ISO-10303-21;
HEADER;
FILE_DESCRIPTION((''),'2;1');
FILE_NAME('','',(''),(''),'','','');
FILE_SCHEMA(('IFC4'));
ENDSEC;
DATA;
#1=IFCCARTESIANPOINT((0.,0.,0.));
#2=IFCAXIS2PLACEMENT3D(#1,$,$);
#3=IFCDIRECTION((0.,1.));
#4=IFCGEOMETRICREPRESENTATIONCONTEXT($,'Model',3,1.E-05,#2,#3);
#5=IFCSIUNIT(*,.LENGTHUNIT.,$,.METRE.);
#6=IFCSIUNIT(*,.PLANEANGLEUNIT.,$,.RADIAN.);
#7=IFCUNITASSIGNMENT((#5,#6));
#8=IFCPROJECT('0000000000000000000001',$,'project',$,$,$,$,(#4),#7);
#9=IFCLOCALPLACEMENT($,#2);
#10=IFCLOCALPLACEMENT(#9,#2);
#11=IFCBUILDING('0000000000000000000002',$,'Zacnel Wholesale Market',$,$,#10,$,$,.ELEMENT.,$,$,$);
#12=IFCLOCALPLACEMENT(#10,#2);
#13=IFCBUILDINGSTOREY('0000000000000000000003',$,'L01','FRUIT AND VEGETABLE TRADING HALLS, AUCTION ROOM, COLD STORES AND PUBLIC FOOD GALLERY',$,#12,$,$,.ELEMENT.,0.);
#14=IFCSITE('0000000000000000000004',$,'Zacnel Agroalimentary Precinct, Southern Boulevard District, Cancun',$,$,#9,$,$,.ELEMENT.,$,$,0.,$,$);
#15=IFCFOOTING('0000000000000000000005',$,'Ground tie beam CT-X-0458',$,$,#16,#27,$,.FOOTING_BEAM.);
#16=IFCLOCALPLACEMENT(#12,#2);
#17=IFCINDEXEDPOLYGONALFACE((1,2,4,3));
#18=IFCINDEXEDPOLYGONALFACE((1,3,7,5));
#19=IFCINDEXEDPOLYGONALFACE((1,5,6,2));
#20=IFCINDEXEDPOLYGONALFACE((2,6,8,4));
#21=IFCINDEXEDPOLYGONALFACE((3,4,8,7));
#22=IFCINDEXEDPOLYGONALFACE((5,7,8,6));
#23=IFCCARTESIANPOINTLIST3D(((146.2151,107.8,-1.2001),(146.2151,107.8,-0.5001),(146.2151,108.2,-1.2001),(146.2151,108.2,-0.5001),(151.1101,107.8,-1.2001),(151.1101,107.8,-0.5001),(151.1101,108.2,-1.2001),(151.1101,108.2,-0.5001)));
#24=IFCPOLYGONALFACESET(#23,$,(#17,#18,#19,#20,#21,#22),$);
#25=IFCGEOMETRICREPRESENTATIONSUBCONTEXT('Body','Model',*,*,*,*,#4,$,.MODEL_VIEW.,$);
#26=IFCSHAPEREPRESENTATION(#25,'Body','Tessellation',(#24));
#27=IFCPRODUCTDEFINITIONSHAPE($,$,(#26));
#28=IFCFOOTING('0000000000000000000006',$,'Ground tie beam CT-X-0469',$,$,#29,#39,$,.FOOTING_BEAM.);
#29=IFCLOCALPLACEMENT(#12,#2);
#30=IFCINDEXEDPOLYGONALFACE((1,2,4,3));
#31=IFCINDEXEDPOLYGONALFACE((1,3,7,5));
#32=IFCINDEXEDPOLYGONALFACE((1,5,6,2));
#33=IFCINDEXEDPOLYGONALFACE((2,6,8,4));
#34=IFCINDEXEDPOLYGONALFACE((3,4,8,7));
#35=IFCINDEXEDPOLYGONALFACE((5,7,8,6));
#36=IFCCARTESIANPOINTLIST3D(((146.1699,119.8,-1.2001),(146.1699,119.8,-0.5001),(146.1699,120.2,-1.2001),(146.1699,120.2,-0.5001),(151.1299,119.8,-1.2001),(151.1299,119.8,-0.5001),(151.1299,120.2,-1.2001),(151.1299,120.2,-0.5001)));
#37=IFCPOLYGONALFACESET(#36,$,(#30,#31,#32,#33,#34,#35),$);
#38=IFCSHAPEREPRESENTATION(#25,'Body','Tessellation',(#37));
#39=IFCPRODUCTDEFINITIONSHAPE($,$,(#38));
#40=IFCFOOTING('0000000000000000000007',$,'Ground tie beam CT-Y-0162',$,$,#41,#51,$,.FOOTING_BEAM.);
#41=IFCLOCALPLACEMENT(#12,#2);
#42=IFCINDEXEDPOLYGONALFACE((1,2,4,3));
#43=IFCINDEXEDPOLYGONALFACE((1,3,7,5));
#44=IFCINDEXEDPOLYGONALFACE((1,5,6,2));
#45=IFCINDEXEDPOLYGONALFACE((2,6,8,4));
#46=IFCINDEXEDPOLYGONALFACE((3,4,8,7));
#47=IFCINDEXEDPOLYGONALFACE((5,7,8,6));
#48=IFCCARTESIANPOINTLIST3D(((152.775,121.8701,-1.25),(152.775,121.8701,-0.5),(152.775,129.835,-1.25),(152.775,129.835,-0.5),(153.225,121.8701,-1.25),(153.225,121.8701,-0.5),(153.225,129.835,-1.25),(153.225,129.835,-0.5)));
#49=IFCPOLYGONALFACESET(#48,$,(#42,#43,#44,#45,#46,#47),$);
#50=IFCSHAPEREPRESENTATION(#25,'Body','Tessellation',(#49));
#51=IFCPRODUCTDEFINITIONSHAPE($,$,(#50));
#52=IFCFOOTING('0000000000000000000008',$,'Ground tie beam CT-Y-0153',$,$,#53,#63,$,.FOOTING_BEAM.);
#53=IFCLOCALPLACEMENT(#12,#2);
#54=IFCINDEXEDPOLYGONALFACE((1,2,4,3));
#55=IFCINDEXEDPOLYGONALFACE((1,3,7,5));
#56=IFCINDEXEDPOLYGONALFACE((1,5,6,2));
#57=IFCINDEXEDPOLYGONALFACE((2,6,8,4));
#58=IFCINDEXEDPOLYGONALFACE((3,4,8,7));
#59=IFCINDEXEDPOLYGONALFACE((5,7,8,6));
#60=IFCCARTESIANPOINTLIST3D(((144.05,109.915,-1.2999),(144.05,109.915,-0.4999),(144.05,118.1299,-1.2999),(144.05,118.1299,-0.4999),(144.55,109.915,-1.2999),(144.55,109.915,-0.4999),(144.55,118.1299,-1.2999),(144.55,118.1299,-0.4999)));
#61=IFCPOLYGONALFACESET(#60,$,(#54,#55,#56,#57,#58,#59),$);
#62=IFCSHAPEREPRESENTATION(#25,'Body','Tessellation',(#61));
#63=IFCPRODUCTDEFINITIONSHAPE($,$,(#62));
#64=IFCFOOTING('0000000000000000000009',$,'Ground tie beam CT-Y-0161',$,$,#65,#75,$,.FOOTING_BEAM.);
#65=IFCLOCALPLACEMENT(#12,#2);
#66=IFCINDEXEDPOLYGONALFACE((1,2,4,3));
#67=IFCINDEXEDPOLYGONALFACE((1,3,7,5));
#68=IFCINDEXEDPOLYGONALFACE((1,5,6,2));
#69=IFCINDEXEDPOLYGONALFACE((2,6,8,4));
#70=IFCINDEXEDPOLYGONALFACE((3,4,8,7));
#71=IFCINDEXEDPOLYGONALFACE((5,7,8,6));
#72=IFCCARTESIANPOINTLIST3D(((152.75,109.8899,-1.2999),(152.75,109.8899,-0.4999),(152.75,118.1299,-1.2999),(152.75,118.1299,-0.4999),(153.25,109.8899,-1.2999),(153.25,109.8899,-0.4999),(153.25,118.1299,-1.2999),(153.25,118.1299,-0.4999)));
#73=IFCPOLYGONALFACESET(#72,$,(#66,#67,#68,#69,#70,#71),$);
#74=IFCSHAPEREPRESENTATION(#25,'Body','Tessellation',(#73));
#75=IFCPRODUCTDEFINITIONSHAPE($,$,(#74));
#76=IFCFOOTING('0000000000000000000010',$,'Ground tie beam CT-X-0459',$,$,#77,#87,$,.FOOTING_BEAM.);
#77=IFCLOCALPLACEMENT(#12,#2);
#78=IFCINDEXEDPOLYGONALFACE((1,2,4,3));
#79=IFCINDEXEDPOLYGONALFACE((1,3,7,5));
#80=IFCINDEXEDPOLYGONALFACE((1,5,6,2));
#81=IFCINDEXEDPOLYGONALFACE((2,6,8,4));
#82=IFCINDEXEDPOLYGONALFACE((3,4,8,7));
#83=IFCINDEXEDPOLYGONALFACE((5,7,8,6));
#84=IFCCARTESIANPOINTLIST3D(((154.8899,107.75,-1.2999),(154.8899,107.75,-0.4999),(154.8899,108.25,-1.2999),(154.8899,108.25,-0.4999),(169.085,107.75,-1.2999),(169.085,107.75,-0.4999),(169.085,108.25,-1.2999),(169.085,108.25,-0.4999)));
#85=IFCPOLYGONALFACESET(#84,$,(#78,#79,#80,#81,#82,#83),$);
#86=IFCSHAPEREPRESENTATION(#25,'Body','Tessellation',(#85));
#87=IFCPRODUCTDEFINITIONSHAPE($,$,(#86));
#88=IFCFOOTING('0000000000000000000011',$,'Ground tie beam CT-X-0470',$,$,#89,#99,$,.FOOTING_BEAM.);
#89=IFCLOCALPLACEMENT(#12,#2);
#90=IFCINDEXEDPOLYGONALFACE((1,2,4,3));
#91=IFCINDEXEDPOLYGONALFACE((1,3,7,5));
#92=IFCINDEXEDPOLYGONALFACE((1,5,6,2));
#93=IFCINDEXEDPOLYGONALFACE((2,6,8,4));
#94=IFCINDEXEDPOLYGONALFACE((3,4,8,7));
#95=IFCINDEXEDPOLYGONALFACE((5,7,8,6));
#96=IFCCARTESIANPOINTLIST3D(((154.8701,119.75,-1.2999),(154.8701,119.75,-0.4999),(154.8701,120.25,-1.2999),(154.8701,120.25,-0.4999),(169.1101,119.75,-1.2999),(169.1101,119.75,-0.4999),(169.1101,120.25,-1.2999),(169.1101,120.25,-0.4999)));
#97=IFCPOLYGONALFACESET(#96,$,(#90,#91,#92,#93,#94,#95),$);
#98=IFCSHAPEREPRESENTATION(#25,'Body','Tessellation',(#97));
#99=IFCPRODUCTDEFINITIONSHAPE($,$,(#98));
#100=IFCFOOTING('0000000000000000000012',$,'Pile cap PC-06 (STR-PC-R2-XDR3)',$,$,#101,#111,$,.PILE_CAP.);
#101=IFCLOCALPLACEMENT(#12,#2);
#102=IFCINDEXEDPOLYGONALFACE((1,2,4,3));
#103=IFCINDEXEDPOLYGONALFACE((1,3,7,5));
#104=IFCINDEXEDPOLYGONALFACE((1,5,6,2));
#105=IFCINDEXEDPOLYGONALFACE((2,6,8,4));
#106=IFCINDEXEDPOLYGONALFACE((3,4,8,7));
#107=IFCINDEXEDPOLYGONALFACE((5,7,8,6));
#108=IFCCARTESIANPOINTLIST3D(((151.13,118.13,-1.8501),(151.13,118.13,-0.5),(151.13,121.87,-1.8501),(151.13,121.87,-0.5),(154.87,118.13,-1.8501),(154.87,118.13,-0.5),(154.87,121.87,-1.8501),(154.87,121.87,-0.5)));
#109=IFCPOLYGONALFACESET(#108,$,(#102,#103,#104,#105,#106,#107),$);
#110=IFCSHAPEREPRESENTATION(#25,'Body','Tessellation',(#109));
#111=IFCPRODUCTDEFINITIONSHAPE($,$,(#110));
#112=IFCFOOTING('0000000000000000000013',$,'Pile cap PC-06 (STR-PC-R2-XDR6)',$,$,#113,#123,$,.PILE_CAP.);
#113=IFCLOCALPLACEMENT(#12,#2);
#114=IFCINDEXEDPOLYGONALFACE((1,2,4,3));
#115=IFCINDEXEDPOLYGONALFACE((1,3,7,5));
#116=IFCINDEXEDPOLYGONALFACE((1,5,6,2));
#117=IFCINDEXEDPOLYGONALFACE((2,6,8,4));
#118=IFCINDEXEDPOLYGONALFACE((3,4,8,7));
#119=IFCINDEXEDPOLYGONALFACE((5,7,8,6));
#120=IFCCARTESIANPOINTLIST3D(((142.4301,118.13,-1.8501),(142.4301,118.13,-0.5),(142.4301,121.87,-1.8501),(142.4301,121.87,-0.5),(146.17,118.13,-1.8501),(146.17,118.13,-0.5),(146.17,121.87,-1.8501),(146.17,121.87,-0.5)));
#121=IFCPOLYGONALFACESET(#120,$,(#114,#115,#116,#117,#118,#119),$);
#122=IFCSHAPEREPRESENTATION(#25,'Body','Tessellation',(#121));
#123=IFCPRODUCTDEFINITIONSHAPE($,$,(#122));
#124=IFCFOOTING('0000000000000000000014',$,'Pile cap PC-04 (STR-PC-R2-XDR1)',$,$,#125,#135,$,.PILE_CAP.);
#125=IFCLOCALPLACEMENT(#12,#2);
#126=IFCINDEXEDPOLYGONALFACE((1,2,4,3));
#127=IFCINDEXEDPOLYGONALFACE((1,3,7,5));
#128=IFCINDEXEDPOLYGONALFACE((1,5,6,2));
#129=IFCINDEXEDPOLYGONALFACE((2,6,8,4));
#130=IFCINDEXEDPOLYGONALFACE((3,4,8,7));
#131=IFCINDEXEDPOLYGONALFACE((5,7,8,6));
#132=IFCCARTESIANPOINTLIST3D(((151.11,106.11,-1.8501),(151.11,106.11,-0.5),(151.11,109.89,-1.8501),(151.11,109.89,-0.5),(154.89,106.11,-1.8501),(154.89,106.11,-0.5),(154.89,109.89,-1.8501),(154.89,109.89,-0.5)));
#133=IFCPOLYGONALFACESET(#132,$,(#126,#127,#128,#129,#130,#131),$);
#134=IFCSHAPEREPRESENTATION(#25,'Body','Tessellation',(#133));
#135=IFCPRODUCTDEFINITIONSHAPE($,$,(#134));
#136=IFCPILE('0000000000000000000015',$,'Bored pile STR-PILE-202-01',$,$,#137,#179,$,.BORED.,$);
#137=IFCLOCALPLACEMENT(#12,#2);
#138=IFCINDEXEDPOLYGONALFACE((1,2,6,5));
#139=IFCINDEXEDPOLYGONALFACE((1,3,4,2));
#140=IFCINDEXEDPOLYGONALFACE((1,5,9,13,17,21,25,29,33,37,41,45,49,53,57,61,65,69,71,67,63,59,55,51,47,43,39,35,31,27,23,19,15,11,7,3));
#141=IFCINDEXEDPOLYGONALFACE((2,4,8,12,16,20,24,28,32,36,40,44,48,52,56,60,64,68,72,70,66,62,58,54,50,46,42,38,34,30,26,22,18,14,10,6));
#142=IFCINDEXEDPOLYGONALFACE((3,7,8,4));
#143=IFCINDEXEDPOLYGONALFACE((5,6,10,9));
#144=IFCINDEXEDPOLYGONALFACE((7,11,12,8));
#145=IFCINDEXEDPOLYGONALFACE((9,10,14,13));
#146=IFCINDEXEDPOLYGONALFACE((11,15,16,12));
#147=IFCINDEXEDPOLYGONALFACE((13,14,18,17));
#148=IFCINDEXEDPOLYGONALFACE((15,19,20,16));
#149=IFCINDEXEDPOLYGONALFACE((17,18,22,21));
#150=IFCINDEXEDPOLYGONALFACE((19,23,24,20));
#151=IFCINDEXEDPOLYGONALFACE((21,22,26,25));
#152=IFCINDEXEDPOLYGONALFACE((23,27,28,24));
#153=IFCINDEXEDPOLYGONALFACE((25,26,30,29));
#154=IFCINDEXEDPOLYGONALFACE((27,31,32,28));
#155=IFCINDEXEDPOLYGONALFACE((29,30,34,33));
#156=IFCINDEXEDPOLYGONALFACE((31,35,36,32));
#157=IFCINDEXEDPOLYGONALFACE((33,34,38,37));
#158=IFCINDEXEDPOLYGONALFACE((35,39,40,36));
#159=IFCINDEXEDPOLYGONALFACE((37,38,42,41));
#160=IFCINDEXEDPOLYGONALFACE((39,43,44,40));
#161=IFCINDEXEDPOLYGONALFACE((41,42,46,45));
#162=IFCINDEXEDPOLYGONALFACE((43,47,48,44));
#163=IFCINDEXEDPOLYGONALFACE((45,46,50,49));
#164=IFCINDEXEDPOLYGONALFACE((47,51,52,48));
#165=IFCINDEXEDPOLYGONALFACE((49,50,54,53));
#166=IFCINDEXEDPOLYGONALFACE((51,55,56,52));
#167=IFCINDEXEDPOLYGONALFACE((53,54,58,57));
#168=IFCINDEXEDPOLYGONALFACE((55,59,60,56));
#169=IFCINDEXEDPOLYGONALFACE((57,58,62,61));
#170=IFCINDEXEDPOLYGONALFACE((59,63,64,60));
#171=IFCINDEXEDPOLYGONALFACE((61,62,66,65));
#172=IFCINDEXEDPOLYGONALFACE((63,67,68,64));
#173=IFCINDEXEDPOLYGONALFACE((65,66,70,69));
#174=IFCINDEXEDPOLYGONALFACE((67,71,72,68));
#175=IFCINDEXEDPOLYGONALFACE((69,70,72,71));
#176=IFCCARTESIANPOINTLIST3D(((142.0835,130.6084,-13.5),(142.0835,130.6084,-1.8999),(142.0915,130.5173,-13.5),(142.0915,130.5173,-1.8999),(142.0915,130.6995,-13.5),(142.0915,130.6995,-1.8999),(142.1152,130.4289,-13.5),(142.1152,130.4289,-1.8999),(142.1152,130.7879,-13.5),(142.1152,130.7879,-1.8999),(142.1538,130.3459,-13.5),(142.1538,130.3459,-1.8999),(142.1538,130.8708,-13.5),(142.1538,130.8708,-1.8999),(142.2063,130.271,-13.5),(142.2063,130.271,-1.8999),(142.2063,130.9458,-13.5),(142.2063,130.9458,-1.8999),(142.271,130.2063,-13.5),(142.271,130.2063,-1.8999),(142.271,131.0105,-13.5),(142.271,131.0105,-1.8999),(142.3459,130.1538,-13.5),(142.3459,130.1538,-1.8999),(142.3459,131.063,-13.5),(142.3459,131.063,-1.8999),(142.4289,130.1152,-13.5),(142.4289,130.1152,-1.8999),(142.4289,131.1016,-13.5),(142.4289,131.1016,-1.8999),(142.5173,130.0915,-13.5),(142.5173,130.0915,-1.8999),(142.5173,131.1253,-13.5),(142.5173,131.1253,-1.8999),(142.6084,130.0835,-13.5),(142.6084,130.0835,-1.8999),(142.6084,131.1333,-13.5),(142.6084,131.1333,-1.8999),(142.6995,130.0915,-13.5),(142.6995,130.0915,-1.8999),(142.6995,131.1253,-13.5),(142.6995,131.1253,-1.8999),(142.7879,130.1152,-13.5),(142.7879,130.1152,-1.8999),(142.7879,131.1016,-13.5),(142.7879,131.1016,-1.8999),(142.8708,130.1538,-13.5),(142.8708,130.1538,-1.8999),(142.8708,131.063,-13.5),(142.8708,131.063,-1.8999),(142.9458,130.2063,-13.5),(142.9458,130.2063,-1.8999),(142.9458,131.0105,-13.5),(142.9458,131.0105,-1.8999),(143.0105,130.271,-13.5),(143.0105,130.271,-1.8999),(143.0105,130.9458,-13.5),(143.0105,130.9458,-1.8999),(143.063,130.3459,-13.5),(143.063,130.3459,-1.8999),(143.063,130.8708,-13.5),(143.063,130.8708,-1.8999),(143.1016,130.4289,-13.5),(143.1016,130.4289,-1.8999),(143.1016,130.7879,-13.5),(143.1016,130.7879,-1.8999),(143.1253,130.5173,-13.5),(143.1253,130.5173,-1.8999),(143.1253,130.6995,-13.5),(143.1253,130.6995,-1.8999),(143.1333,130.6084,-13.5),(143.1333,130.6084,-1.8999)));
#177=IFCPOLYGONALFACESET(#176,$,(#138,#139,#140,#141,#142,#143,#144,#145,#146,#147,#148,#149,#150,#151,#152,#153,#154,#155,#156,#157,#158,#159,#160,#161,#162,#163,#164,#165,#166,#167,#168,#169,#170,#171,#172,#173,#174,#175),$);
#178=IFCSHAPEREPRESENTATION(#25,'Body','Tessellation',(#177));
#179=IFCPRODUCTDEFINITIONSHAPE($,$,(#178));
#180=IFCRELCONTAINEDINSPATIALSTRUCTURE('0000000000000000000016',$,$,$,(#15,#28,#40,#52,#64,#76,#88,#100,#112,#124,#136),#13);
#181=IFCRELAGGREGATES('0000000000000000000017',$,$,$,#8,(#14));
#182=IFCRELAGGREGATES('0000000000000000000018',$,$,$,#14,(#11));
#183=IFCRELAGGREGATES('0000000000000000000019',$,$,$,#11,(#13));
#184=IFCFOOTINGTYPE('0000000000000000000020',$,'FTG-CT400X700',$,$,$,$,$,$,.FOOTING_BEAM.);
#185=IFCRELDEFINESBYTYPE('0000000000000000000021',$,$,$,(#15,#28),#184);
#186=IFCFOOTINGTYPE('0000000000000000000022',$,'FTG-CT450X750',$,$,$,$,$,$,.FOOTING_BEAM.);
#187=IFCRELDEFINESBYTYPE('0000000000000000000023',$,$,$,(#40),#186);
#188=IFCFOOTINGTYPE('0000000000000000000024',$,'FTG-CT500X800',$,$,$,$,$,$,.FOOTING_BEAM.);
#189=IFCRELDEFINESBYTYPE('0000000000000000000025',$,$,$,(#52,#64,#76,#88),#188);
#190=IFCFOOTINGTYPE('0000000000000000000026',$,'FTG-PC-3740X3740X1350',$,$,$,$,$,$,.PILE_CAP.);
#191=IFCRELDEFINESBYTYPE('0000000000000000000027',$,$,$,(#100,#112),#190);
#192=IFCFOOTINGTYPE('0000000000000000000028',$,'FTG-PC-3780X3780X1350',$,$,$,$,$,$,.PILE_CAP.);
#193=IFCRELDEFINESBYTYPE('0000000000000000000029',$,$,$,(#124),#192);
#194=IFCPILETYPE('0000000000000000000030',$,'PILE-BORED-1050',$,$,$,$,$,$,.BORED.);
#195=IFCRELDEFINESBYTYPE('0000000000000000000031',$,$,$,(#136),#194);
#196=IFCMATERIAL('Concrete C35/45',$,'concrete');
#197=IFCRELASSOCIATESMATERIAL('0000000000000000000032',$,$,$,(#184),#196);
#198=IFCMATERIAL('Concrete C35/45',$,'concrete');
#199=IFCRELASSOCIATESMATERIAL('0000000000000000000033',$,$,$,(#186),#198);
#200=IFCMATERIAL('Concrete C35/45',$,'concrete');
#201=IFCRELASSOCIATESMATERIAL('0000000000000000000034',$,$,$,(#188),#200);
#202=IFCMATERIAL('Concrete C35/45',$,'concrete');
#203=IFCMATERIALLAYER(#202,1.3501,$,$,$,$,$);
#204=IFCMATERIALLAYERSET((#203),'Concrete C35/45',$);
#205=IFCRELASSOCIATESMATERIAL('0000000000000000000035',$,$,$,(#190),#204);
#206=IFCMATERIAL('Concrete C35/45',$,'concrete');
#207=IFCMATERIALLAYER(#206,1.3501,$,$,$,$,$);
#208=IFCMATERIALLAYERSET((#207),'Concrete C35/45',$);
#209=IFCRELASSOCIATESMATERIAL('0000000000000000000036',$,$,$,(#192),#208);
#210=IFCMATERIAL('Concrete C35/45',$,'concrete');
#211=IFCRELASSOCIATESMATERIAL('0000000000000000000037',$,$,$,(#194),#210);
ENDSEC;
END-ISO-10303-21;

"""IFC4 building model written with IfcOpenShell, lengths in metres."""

from ifc_helpers import new_model, si_unit, direction, frame, origin, origin_2d, place, context, subcontext, project, spatial, rectangle, circle, extrude, material, layer, layer_set, material_profile, profile_set, type_object, element, save


model = new_model("IFC4")

# Units and contexts
model_context = context("Model", 3, precision=1e-05, world=origin(), true_north=direction((0.0, 1.0)))
body_context = subcontext(model_context, "Body", "Model", "MODEL_VIEW")
ifc_project = project(units=[si_unit("LENGTHUNIT", "METRE"), si_unit("PLANEANGLEUNIT", "RADIAN")], contexts=[model_context])

# Site, building, storey
site_placement = place(None, origin())
site = spatial("IfcSite", under=ifc_project, at=site_placement, Name="Zacnel Agroalimentary Precinct, Southern Boulevard District, Cancun", CompositionType="ELEMENT", RefElevation=0.0)
building_placement = place(site_placement, origin())
building = spatial("IfcBuilding", under=site, at=building_placement, Name="Zacnel Wholesale Market", CompositionType="ELEMENT")
storey_placement = place(building_placement, origin())
storey = spatial("IfcBuildingStorey", under=building, at=storey_placement, Name="L01", Description="FRUIT AND VEGETABLE TRADING HALLS, AUCTION ROOM, COLD STORES AND PUBLIC FOOD GALLERY", CompositionType="ELEMENT", Elevation=0.0)

# Footings
ifc_material_1 = material(Name="Concrete C35/45", Category="concrete")
ifc_material_profile_1 = material_profile(ifc_material_1, rectangle(XDim=0.3999, YDim=0.7, at=origin_2d()), Name="CT 400x700")
ifc_profile_set_1 = profile_set([ifc_material_profile_1], Name="Concrete C35/45")
footing_type_1 = type_object("IfcFootingType", Name="FTG-CT400X700", PredefinedType="FOOTING_BEAM", material=ifc_profile_set_1)
footing_1_placement = place(storey_placement, frame((146.2151, 108.0, -0.8501), z_axis=(1.0, 0.0, 0.0), x_axis=(0.0, 1.0, 0.0)))
element("IfcFooting", 1, at=footing_1_placement, inside=storey, type_object=footing_type_1, Name="Ground tie beam CT-X-0458", PredefinedType="FOOTING_BEAM", context=body_context, shape_type="SweptSolid", body=[
    extrude(rectangle(XDim=0.3999, YDim=0.7, at=origin_2d()), origin(), (0.0, 0.0, 1.0), 4.895),
])
footing_2_placement = place(storey_placement, frame((146.1699, 120.0, -0.8501), z_axis=(1.0, 0.0, 0.0), x_axis=(0.0, 1.0, 0.0)))
element("IfcFooting", 2, at=footing_2_placement, inside=storey, type_object=footing_type_1, Name="Ground tie beam CT-X-0469", PredefinedType="FOOTING_BEAM", context=body_context, shape_type="SweptSolid", body=[
    extrude(rectangle(XDim=0.3999, YDim=0.7, at=origin_2d()), origin(), (0.0, 0.0, 1.0), 4.96),
])
ifc_material_2 = material(Name="Concrete C35/45", Category="concrete")
ifc_material_profile_2 = material_profile(ifc_material_2, rectangle(XDim=0.45, YDim=0.75, at=origin_2d()), Name="CT 450x750")
ifc_profile_set_2 = profile_set([ifc_material_profile_2], Name="Concrete C35/45")
footing_type_2 = type_object("IfcFootingType", Name="FTG-CT450X750", PredefinedType="FOOTING_BEAM", material=ifc_profile_set_2)
footing_3_placement = place(storey_placement, frame((153.0, 121.8701, -0.875), z_axis=(0.0, 1.0, 0.0), x_axis=(-1.0, 0.0, 0.0)))
element("IfcFooting", 3, at=footing_3_placement, inside=storey, type_object=footing_type_2, Name="Ground tie beam CT-Y-0162", PredefinedType="FOOTING_BEAM", context=body_context, shape_type="SweptSolid", body=[
    extrude(rectangle(XDim=0.45, YDim=0.75, at=origin_2d()), origin(), (0.0, 0.0, 1.0), 7.9648),
])
ifc_material_3 = material(Name="Concrete C35/45", Category="concrete")
ifc_material_profile_3 = material_profile(ifc_material_3, rectangle(XDim=0.5, YDim=0.8, at=origin_2d()), Name="CT 500x800")
ifc_profile_set_3 = profile_set([ifc_material_profile_3], Name="Concrete C35/45")
footing_type_3 = type_object("IfcFootingType", Name="FTG-CT500X800", PredefinedType="FOOTING_BEAM", material=ifc_profile_set_3)
footing_4_placement = place(storey_placement, frame((144.3, 109.915, -0.8999), z_axis=(0.0, 1.0, 0.0), x_axis=(-1.0, 0.0, 0.0)))
element("IfcFooting", 4, at=footing_4_placement, inside=storey, type_object=footing_type_3, Name="Ground tie beam CT-Y-0153", PredefinedType="FOOTING_BEAM", context=body_context, shape_type="SweptSolid", body=[
    extrude(rectangle(XDim=0.5, YDim=0.8, at=origin_2d()), origin(), (0.0, 0.0, 1.0), 8.2148),
])
footing_5_placement = place(storey_placement, frame((153.0, 109.8899, -0.8999), z_axis=(0.0, 1.0, 0.0), x_axis=(-1.0, 0.0, 0.0)))
element("IfcFooting", 5, at=footing_5_placement, inside=storey, type_object=footing_type_3, Name="Ground tie beam CT-Y-0161", PredefinedType="FOOTING_BEAM", context=body_context, shape_type="SweptSolid", body=[
    extrude(rectangle(XDim=0.5, YDim=0.8, at=origin_2d()), origin(), (0.0, 0.0, 1.0), 8.24),
])
footing_6_placement = place(storey_placement, frame((154.8899, 108.0, -0.8999), z_axis=(1.0, 0.0, 0.0), x_axis=(0.0, 1.0, 0.0)))
element("IfcFooting", 6, at=footing_6_placement, inside=storey, type_object=footing_type_3, Name="Ground tie beam CT-X-0459", PredefinedType="FOOTING_BEAM", context=body_context, shape_type="SweptSolid", body=[
    extrude(rectangle(XDim=0.5, YDim=0.8, at=origin_2d()), origin(), (0.0, 0.0, 1.0), 14.1951),
])
footing_7_placement = place(storey_placement, frame((154.8701, 120.0, -0.8999), z_axis=(1.0, 0.0, 0.0), x_axis=(0.0, 1.0, 0.0)))
element("IfcFooting", 7, at=footing_7_placement, inside=storey, type_object=footing_type_3, Name="Ground tie beam CT-X-0470", PredefinedType="FOOTING_BEAM", context=body_context, shape_type="SweptSolid", body=[
    extrude(rectangle(XDim=0.5, YDim=0.8, at=origin_2d()), origin(), (0.0, 0.0, 1.0), 14.24),
])
ifc_material_4 = material(Name="Concrete C35/45", Category="concrete")
ifc_layer_1 = layer(ifc_material_4, 1.3501)
ifc_layer_set_1 = layer_set([ifc_layer_1], Name="Concrete C35/45")
footing_type_4 = type_object("IfcFootingType", Name="FTG-PC-3740X3740X1350", PredefinedType="PILE_CAP", material=ifc_layer_set_1)
for number, where, z_axis, x_axis, name in (
    (8, (153.0, 120.0, -1.8501), (0.0, 0.0, 1.0), (1.0, 0.0, 0.0), "Pile cap PC-06 (STR-PC-R2-XDR3)"),
    (9, (144.3, 120.0, -1.8501), (0.0, 0.0, 1.0), (1.0, 0.0, 0.0), "Pile cap PC-06 (STR-PC-R2-XDR6)"),
):
    element("IfcFooting", number, at=place(storey_placement, frame(where, z_axis=z_axis, x_axis=x_axis)), inside=storey, type_object=footing_type_4, Name=name, PredefinedType="PILE_CAP", context=body_context, shape_type="SweptSolid", body=[
        extrude(rectangle(XDim=3.74, YDim=3.74, at=origin_2d()), origin(), (0.0, 0.0, 1.0), 1.3501),
    ])
ifc_material_5 = material(Name="Concrete C35/45", Category="concrete")
ifc_layer_2 = layer(ifc_material_5, 1.3501)
ifc_layer_set_2 = layer_set([ifc_layer_2], Name="Concrete C35/45")
footing_type_5 = type_object("IfcFootingType", Name="FTG-PC-3780X3780X1350", PredefinedType="PILE_CAP", material=ifc_layer_set_2)
footing_8_placement = place(storey_placement, frame((153.0, 108.0, -1.8501), z_axis=(0.0, 0.0, 1.0), x_axis=(1.0, 0.0, 0.0)))
element("IfcFooting", 10, at=footing_8_placement, inside=storey, type_object=footing_type_5, Name="Pile cap PC-04 (STR-PC-R2-XDR1)", PredefinedType="PILE_CAP", context=body_context, shape_type="SweptSolid", body=[
    extrude(rectangle(XDim=3.78, YDim=3.78, at=origin_2d()), origin(), (0.0, 0.0, 1.0), 1.3501),
])

# Pile
ifc_material_6 = material(Name="Concrete C35/45", Category="concrete")
ifc_material_profile_4 = material_profile(ifc_material_6, circle(Radius=0.5249, at=origin_2d()), Name="BORED PILE D1050")
ifc_profile_set_4 = profile_set([ifc_material_profile_4], Name="Concrete C35/45")
pile_type_1 = type_object("IfcPileType", Name="PILE-BORED-1050", PredefinedType="BORED", material=ifc_profile_set_4)
for number, where, z_axis, x_axis, name in (
    (11, (142.6084, 130.6084, -1.8999), (0.0, 0.0, -1.0), (1.0, 0.0, 0.0), "Bored pile STR-PILE-202-01"),
):
    element("IfcPile", number, at=place(storey_placement, frame(where, z_axis=z_axis, x_axis=x_axis)), inside=storey, type_object=pile_type_1, Name=name, PredefinedType="BORED", context=body_context, shape_type="SweptSolid", body=[
        extrude(circle(Radius=0.5249, at=origin_2d()), origin(), (0.0, 0.0, 1.0), 11.6001),
    ])

save(model, "model.ifc")
